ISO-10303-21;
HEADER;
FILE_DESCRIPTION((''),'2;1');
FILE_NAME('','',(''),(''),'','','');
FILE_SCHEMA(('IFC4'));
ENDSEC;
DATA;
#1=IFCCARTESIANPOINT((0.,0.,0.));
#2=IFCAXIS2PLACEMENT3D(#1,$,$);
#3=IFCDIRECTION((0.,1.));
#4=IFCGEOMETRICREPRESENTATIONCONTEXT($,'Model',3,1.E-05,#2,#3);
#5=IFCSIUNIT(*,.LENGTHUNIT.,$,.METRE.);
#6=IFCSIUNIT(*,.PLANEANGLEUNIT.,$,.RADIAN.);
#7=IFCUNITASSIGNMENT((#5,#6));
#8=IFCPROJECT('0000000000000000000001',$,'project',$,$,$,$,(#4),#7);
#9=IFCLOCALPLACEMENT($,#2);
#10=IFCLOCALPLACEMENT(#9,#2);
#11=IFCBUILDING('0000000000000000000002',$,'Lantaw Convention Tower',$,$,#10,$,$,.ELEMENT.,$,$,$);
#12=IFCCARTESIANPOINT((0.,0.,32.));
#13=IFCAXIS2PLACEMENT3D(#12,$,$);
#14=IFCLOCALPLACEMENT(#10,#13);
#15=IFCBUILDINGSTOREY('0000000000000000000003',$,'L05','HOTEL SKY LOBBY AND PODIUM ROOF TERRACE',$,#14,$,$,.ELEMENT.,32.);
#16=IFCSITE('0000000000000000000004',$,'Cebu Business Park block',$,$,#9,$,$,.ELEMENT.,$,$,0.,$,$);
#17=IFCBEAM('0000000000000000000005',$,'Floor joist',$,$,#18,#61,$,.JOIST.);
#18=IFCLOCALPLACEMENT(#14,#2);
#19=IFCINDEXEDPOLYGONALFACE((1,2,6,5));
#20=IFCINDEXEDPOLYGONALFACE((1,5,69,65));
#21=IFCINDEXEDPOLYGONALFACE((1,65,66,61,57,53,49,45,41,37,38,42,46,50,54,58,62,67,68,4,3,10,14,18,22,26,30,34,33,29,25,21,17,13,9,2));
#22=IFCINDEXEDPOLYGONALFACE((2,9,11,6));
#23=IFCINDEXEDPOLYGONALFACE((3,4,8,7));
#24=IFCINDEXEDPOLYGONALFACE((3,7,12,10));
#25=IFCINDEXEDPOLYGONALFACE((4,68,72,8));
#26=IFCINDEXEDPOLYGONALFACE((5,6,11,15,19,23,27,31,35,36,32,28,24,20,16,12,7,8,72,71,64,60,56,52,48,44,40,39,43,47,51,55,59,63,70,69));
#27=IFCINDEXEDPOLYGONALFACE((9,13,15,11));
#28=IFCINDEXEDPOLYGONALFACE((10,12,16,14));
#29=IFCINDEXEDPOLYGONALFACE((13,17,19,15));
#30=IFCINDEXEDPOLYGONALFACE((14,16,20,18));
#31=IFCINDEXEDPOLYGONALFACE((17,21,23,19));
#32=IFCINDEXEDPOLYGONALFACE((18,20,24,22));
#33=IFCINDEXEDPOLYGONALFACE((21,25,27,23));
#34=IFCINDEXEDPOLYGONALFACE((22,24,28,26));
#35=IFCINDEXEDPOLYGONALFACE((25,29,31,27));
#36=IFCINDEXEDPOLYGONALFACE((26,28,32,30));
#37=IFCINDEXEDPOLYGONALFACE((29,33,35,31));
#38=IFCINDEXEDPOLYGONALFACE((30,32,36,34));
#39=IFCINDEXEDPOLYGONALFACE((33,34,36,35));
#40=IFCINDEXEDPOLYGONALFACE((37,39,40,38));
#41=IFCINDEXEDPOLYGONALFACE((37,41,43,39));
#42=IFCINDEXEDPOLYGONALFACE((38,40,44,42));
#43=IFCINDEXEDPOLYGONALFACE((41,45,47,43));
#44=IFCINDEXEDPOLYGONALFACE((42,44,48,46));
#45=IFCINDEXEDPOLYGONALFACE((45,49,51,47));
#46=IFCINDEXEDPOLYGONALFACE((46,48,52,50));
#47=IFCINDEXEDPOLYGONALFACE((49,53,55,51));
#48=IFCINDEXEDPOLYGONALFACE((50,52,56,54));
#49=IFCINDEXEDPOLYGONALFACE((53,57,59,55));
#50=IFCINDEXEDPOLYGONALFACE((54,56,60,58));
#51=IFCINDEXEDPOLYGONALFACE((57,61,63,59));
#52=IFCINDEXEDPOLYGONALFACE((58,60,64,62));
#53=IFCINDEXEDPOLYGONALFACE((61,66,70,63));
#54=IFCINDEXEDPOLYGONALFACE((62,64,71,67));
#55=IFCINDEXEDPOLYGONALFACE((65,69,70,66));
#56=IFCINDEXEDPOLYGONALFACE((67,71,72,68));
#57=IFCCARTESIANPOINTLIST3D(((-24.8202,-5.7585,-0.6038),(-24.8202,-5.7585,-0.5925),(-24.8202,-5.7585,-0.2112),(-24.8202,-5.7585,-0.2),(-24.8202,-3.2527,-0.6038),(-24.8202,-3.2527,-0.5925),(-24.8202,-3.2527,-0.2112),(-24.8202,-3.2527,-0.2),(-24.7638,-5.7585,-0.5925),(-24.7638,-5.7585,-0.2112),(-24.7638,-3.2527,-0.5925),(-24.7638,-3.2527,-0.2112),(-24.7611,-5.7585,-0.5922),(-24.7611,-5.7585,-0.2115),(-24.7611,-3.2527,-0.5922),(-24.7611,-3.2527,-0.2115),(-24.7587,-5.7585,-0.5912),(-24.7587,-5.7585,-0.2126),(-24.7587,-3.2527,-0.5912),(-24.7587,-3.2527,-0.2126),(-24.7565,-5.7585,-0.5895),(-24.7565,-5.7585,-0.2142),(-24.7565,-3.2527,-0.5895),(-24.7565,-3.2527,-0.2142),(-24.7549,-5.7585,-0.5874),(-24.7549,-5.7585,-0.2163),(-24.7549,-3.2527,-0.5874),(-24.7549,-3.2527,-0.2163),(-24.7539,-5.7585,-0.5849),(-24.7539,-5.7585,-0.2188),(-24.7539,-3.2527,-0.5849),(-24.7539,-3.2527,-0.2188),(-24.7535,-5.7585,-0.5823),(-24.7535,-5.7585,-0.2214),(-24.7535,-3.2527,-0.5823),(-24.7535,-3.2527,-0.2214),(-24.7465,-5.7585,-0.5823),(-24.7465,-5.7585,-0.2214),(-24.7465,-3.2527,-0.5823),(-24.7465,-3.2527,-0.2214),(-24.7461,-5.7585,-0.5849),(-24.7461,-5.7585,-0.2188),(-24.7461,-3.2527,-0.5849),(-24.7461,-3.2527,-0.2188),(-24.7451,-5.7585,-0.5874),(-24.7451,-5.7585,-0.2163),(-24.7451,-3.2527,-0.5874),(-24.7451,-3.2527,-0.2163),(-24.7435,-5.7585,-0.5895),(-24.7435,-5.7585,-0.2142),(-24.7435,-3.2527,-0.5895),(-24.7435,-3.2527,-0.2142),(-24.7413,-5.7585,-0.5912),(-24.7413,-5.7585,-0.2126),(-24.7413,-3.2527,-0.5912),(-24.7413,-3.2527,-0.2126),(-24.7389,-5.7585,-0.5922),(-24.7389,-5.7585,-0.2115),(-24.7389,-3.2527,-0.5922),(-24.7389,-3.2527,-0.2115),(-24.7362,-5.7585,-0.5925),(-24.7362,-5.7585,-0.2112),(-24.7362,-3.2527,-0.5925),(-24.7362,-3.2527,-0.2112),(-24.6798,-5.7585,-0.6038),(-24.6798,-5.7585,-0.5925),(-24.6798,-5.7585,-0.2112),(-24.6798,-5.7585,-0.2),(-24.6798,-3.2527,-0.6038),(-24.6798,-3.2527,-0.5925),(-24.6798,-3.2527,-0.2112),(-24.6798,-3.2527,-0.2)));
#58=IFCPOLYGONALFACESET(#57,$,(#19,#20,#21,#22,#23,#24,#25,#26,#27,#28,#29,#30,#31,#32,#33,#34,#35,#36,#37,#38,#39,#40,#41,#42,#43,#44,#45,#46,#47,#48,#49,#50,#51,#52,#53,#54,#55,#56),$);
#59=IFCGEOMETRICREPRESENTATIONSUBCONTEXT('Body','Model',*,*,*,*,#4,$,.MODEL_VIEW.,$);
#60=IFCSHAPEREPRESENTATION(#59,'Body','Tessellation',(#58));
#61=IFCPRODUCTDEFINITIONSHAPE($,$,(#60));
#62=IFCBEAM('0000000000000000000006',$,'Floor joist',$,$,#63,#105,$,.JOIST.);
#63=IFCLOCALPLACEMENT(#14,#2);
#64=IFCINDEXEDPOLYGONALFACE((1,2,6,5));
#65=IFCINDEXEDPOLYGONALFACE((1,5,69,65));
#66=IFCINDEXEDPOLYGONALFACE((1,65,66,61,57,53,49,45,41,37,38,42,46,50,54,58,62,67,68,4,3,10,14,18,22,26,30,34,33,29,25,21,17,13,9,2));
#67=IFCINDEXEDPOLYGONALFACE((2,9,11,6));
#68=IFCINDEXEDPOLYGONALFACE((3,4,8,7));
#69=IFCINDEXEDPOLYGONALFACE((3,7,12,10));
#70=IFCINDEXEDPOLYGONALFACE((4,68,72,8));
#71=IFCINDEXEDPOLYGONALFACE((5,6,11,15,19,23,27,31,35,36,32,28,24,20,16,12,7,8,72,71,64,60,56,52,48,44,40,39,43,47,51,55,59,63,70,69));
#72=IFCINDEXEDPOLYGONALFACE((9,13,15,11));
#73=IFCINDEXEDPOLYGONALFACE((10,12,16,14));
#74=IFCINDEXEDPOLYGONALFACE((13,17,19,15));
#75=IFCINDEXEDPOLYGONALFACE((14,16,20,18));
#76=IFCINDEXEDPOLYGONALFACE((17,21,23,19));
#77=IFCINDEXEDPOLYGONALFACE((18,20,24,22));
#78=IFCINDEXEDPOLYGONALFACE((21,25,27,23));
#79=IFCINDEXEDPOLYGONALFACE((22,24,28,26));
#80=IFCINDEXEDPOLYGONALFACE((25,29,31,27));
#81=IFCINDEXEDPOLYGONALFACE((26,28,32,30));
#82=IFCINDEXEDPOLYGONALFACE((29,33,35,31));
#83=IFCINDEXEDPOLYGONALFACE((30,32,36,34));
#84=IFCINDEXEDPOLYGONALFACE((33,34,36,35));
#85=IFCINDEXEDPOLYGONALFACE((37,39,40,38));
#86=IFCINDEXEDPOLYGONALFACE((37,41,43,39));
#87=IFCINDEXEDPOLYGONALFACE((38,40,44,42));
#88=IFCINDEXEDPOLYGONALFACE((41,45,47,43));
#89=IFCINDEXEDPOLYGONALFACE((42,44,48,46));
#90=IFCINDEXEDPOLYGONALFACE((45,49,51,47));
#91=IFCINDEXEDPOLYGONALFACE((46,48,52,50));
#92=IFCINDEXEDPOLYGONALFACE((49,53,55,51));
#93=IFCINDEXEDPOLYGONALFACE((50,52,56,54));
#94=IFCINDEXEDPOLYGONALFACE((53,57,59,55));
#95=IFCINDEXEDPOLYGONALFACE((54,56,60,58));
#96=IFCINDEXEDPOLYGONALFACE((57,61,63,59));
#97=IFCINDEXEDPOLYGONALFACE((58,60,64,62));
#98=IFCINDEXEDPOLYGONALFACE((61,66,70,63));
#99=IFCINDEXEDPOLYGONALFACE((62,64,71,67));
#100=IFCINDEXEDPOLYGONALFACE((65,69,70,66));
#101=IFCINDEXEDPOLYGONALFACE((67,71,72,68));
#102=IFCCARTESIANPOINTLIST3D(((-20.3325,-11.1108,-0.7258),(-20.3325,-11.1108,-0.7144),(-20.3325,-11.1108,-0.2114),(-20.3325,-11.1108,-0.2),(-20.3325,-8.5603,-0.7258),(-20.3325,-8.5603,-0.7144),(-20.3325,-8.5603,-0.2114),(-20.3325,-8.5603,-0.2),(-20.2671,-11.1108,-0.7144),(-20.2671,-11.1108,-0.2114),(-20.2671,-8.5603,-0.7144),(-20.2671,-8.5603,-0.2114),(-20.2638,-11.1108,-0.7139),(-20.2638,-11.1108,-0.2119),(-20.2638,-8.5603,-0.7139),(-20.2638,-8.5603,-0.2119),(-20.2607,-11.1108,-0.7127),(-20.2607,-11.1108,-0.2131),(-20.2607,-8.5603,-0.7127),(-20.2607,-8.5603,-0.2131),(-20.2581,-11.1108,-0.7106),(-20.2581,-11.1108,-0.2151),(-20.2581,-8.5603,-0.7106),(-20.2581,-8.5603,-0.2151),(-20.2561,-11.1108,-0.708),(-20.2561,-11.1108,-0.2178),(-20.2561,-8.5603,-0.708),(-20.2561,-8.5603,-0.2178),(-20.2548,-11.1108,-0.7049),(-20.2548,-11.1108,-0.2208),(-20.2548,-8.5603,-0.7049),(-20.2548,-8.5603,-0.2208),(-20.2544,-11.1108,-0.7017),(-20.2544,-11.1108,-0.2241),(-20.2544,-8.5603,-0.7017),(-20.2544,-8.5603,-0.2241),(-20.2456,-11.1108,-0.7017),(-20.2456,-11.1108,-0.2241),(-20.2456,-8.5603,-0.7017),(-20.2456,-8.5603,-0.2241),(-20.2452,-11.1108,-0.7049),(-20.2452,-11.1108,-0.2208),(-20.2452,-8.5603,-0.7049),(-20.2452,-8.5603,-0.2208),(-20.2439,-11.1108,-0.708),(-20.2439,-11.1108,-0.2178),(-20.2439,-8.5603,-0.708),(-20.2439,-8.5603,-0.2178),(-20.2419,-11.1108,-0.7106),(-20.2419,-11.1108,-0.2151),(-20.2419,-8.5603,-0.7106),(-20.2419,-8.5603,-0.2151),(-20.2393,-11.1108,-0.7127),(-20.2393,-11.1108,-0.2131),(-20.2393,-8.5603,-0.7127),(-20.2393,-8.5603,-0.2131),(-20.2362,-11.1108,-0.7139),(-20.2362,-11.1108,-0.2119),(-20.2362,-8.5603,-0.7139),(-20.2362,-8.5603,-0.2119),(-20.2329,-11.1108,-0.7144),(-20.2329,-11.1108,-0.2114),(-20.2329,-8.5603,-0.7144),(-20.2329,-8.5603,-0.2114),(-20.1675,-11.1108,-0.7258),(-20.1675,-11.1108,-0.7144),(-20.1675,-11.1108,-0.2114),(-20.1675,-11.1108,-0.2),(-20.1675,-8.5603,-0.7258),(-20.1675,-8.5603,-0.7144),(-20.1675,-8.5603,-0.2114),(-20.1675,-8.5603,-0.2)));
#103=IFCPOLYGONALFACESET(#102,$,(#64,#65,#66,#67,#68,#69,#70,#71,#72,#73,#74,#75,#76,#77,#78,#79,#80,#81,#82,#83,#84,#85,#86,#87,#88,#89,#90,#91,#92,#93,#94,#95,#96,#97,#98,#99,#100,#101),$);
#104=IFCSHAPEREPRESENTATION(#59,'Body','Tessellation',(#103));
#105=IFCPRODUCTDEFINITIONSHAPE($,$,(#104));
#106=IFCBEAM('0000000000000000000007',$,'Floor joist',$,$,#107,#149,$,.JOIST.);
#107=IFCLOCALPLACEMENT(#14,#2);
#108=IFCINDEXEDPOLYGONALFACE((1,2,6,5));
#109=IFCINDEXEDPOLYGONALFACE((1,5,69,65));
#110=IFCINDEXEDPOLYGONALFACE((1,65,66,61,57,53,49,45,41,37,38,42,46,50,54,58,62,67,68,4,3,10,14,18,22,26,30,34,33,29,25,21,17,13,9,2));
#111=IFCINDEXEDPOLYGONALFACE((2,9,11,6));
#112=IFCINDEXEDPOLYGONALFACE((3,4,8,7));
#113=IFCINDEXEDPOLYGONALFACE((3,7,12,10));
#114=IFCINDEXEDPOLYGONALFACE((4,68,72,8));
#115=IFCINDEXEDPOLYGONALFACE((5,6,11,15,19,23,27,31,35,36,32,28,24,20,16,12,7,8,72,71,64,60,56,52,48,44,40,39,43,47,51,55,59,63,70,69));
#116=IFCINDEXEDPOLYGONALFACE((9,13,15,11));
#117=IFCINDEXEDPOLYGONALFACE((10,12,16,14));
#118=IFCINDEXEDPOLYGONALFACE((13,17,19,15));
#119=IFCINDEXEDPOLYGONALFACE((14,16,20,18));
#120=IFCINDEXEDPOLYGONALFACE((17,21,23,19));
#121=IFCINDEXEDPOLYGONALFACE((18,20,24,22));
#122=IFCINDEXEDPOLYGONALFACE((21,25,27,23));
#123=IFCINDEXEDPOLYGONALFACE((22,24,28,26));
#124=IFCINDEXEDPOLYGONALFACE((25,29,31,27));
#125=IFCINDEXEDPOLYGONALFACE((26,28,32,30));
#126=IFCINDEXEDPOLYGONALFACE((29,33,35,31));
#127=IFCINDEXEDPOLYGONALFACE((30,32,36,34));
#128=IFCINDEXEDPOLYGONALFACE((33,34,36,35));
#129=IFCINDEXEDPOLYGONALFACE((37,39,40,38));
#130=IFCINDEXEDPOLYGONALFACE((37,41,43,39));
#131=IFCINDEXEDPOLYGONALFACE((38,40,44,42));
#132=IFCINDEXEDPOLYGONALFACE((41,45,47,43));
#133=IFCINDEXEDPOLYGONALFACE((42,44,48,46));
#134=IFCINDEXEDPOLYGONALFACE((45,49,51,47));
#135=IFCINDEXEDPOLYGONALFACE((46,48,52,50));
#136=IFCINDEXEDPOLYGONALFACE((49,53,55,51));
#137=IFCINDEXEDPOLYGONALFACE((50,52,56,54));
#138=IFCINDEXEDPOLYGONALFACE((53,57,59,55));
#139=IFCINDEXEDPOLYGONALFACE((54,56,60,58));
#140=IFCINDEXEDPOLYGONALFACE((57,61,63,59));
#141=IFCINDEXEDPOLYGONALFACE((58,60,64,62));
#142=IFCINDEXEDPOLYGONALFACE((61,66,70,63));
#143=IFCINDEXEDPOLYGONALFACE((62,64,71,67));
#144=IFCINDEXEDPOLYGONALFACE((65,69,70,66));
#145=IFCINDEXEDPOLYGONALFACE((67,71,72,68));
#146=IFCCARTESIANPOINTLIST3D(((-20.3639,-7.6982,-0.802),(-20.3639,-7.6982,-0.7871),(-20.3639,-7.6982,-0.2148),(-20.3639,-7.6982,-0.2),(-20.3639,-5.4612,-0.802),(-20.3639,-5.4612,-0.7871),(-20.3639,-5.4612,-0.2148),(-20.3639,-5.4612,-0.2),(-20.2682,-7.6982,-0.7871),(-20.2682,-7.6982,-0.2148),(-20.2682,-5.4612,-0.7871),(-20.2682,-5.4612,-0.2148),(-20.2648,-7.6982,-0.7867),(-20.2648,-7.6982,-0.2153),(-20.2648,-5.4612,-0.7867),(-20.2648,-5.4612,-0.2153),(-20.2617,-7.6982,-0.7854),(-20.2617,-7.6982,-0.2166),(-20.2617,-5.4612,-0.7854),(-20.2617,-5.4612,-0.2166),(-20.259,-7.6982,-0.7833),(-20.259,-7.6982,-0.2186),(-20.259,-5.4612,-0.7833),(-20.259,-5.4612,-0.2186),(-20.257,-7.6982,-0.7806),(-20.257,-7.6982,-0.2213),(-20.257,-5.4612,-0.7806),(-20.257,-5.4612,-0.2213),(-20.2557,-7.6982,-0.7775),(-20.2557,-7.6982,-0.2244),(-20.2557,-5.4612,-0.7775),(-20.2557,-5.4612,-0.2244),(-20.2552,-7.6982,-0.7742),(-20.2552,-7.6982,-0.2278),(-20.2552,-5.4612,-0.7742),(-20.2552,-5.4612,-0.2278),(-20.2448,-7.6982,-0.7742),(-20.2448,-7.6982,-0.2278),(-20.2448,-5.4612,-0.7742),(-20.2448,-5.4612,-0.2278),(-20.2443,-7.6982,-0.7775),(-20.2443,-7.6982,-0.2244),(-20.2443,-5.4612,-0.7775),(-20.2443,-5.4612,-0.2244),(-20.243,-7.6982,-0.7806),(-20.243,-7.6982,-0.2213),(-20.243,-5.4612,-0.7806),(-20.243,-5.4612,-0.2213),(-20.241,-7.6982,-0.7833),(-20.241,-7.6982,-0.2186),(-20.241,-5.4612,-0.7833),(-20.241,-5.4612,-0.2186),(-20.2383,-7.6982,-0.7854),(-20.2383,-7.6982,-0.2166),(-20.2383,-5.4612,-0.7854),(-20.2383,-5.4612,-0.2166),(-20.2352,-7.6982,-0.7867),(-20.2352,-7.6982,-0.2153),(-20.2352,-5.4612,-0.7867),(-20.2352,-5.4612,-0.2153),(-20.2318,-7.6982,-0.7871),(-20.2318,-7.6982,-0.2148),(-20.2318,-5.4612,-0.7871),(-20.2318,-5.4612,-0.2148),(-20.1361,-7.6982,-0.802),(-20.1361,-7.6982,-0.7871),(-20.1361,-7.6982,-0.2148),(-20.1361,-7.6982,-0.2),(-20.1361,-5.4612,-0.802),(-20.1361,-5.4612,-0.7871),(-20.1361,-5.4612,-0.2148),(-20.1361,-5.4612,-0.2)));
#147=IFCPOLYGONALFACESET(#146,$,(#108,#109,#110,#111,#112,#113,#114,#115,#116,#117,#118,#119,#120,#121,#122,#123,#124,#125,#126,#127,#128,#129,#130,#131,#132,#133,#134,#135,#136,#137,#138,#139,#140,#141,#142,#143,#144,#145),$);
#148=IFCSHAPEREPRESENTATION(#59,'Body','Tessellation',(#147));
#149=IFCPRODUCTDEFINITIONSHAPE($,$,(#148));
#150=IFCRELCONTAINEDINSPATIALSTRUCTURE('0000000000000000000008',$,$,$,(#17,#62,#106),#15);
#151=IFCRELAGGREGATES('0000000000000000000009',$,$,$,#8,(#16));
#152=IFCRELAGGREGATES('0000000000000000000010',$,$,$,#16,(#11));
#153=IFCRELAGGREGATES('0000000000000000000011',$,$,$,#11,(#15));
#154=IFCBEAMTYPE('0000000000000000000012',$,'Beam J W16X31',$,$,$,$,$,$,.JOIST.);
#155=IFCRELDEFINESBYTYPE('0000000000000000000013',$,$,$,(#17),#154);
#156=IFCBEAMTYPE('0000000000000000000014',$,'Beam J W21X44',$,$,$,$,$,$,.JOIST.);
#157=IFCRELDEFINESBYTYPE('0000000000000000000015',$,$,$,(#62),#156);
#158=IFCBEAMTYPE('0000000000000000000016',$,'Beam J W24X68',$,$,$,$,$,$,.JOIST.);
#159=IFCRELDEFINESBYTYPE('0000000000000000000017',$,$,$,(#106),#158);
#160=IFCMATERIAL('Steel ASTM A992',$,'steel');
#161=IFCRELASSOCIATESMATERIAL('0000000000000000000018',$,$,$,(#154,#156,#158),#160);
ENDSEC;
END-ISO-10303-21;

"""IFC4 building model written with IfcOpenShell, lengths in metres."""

from ifc_helpers import new_model, si_unit, direction, frame, origin, origin_2d, place, context, subcontext, project, spatial, i_section, extrude, material, material_profile, profile_set, type_object, element, save


model = new_model("IFC4")

# Units and contexts
model_context = context("Model", 3, precision=1e-05, world=origin(), true_north=direction((0.0, 1.0)))
body_context = subcontext(model_context, "Body", "Model", "MODEL_VIEW")
ifc_project = project(units=[si_unit("LENGTHUNIT", "METRE"), si_unit("PLANEANGLEUNIT", "RADIAN")], contexts=[model_context])

# Site, building, storey
site_placement = place(None, origin())
site = spatial("IfcSite", under=ifc_project, at=site_placement, Name="Cebu Business Park block", CompositionType="ELEMENT", RefElevation=0.0)
building_placement = place(site_placement, origin())
building = spatial("IfcBuilding", under=site, at=building_placement, Name="Lantaw Convention Tower", CompositionType="ELEMENT")
storey_placement = place(building_placement, frame((0.0, 0.0, 32.0)))
storey = spatial("IfcBuildingStorey", under=building, at=storey_placement, Name="L05", Description="HOTEL SKY LOBBY AND PODIUM ROOF TERRACE", CompositionType="ELEMENT", Elevation=32.0)

# Beams
ifc_material_1 = material(Name="Steel ASTM A992", Category="steel")
ifc_material_profile_1 = material_profile(ifc_material_1, i_section(OverallWidth=0.1404, OverallDepth=0.4038, WebThickness=0.0071, FlangeThickness=0.0112, FilletRadius=0.0103, at=origin_2d()), Name="W16X31")
ifc_profile_set_1 = profile_set([ifc_material_profile_1], Name="Steel ASTM A992")
beam_type_1 = type_object("IfcBeamType", Name="Beam J W16X31", PredefinedType="JOIST", material=ifc_profile_set_1)
beam_1_placement = place(storey_placement, frame((-24.75, -5.7585, -0.4019), z_axis=(0.0, 1.0, 0.0), x_axis=(-1.0, 0.0, 0.0)))
element("IfcBeam", 1, at=beam_1_placement, inside=storey, type_object=beam_type_1, Name="Floor joist", PredefinedType="JOIST", context=body_context, shape_type="SweptSolid", body=[
    extrude(i_section(OverallWidth=0.1404, OverallDepth=0.4038, WebThickness=0.0071, FlangeThickness=0.0112, FilletRadius=0.0103, at=origin_2d()), origin(), (0.0, 0.0, 1.0), 2.5059),
])
ifc_material_profile_2 = material_profile(ifc_material_1, i_section(OverallWidth=0.165, OverallDepth=0.5259, WebThickness=0.0088, FlangeThickness=0.0115, FilletRadius=0.0127, at=origin_2d()), Name="W21X44")
ifc_profile_set_2 = profile_set([ifc_material_profile_2], Name="Steel ASTM A992")
beam_type_2 = type_object("IfcBeamType", Name="Beam J W21X44", PredefinedType="JOIST", material=ifc_profile_set_2)
beam_2_placement = place(storey_placement, frame((-20.25, -11.1108, -0.4629), z_axis=(0.0, 1.0, 0.0), x_axis=(-1.0, 0.0, 0.0)))
element("IfcBeam", 2, at=beam_2_placement, inside=storey, type_object=beam_type_2, Name="Floor joist", PredefinedType="JOIST", context=body_context, shape_type="SweptSolid", body=[
    extrude(i_section(OverallWidth=0.165, OverallDepth=0.5259, WebThickness=0.0088, FlangeThickness=0.0115, FilletRadius=0.0127, at=origin_2d()), origin(), (0.0, 0.0, 1.0), 2.5505),
])
ifc_material_profile_3 = material_profile(ifc_material_1, i_section(OverallWidth=0.2278, OverallDepth=0.6021, WebThickness=0.0105, FlangeThickness=0.0149, FilletRadius=0.0129, at=origin_2d()), Name="W24X68")
ifc_profile_set_3 = profile_set([ifc_material_profile_3], Name="Steel ASTM A992")
beam_type_3 = type_object("IfcBeamType", Name="Beam J W24X68", PredefinedType="JOIST", material=ifc_profile_set_3)
beam_3_placement = place(storey_placement, frame((-20.25, -7.6982, -0.501), z_axis=(0.0, 1.0, 0.0), x_axis=(-1.0, 0.0, 0.0)))
element("IfcBeam", 3, at=beam_3_placement, inside=storey, type_object=beam_type_3, Name="Floor joist", PredefinedType="JOIST", context=body_context, shape_type="SweptSolid", body=[
    extrude(i_section(OverallWidth=0.2278, OverallDepth=0.6021, WebThickness=0.0105, FlangeThickness=0.0149, FilletRadius=0.0129, at=origin_2d()), origin(), (0.0, 0.0, 1.0), 2.2371),
])

save(model, "model.ifc")
